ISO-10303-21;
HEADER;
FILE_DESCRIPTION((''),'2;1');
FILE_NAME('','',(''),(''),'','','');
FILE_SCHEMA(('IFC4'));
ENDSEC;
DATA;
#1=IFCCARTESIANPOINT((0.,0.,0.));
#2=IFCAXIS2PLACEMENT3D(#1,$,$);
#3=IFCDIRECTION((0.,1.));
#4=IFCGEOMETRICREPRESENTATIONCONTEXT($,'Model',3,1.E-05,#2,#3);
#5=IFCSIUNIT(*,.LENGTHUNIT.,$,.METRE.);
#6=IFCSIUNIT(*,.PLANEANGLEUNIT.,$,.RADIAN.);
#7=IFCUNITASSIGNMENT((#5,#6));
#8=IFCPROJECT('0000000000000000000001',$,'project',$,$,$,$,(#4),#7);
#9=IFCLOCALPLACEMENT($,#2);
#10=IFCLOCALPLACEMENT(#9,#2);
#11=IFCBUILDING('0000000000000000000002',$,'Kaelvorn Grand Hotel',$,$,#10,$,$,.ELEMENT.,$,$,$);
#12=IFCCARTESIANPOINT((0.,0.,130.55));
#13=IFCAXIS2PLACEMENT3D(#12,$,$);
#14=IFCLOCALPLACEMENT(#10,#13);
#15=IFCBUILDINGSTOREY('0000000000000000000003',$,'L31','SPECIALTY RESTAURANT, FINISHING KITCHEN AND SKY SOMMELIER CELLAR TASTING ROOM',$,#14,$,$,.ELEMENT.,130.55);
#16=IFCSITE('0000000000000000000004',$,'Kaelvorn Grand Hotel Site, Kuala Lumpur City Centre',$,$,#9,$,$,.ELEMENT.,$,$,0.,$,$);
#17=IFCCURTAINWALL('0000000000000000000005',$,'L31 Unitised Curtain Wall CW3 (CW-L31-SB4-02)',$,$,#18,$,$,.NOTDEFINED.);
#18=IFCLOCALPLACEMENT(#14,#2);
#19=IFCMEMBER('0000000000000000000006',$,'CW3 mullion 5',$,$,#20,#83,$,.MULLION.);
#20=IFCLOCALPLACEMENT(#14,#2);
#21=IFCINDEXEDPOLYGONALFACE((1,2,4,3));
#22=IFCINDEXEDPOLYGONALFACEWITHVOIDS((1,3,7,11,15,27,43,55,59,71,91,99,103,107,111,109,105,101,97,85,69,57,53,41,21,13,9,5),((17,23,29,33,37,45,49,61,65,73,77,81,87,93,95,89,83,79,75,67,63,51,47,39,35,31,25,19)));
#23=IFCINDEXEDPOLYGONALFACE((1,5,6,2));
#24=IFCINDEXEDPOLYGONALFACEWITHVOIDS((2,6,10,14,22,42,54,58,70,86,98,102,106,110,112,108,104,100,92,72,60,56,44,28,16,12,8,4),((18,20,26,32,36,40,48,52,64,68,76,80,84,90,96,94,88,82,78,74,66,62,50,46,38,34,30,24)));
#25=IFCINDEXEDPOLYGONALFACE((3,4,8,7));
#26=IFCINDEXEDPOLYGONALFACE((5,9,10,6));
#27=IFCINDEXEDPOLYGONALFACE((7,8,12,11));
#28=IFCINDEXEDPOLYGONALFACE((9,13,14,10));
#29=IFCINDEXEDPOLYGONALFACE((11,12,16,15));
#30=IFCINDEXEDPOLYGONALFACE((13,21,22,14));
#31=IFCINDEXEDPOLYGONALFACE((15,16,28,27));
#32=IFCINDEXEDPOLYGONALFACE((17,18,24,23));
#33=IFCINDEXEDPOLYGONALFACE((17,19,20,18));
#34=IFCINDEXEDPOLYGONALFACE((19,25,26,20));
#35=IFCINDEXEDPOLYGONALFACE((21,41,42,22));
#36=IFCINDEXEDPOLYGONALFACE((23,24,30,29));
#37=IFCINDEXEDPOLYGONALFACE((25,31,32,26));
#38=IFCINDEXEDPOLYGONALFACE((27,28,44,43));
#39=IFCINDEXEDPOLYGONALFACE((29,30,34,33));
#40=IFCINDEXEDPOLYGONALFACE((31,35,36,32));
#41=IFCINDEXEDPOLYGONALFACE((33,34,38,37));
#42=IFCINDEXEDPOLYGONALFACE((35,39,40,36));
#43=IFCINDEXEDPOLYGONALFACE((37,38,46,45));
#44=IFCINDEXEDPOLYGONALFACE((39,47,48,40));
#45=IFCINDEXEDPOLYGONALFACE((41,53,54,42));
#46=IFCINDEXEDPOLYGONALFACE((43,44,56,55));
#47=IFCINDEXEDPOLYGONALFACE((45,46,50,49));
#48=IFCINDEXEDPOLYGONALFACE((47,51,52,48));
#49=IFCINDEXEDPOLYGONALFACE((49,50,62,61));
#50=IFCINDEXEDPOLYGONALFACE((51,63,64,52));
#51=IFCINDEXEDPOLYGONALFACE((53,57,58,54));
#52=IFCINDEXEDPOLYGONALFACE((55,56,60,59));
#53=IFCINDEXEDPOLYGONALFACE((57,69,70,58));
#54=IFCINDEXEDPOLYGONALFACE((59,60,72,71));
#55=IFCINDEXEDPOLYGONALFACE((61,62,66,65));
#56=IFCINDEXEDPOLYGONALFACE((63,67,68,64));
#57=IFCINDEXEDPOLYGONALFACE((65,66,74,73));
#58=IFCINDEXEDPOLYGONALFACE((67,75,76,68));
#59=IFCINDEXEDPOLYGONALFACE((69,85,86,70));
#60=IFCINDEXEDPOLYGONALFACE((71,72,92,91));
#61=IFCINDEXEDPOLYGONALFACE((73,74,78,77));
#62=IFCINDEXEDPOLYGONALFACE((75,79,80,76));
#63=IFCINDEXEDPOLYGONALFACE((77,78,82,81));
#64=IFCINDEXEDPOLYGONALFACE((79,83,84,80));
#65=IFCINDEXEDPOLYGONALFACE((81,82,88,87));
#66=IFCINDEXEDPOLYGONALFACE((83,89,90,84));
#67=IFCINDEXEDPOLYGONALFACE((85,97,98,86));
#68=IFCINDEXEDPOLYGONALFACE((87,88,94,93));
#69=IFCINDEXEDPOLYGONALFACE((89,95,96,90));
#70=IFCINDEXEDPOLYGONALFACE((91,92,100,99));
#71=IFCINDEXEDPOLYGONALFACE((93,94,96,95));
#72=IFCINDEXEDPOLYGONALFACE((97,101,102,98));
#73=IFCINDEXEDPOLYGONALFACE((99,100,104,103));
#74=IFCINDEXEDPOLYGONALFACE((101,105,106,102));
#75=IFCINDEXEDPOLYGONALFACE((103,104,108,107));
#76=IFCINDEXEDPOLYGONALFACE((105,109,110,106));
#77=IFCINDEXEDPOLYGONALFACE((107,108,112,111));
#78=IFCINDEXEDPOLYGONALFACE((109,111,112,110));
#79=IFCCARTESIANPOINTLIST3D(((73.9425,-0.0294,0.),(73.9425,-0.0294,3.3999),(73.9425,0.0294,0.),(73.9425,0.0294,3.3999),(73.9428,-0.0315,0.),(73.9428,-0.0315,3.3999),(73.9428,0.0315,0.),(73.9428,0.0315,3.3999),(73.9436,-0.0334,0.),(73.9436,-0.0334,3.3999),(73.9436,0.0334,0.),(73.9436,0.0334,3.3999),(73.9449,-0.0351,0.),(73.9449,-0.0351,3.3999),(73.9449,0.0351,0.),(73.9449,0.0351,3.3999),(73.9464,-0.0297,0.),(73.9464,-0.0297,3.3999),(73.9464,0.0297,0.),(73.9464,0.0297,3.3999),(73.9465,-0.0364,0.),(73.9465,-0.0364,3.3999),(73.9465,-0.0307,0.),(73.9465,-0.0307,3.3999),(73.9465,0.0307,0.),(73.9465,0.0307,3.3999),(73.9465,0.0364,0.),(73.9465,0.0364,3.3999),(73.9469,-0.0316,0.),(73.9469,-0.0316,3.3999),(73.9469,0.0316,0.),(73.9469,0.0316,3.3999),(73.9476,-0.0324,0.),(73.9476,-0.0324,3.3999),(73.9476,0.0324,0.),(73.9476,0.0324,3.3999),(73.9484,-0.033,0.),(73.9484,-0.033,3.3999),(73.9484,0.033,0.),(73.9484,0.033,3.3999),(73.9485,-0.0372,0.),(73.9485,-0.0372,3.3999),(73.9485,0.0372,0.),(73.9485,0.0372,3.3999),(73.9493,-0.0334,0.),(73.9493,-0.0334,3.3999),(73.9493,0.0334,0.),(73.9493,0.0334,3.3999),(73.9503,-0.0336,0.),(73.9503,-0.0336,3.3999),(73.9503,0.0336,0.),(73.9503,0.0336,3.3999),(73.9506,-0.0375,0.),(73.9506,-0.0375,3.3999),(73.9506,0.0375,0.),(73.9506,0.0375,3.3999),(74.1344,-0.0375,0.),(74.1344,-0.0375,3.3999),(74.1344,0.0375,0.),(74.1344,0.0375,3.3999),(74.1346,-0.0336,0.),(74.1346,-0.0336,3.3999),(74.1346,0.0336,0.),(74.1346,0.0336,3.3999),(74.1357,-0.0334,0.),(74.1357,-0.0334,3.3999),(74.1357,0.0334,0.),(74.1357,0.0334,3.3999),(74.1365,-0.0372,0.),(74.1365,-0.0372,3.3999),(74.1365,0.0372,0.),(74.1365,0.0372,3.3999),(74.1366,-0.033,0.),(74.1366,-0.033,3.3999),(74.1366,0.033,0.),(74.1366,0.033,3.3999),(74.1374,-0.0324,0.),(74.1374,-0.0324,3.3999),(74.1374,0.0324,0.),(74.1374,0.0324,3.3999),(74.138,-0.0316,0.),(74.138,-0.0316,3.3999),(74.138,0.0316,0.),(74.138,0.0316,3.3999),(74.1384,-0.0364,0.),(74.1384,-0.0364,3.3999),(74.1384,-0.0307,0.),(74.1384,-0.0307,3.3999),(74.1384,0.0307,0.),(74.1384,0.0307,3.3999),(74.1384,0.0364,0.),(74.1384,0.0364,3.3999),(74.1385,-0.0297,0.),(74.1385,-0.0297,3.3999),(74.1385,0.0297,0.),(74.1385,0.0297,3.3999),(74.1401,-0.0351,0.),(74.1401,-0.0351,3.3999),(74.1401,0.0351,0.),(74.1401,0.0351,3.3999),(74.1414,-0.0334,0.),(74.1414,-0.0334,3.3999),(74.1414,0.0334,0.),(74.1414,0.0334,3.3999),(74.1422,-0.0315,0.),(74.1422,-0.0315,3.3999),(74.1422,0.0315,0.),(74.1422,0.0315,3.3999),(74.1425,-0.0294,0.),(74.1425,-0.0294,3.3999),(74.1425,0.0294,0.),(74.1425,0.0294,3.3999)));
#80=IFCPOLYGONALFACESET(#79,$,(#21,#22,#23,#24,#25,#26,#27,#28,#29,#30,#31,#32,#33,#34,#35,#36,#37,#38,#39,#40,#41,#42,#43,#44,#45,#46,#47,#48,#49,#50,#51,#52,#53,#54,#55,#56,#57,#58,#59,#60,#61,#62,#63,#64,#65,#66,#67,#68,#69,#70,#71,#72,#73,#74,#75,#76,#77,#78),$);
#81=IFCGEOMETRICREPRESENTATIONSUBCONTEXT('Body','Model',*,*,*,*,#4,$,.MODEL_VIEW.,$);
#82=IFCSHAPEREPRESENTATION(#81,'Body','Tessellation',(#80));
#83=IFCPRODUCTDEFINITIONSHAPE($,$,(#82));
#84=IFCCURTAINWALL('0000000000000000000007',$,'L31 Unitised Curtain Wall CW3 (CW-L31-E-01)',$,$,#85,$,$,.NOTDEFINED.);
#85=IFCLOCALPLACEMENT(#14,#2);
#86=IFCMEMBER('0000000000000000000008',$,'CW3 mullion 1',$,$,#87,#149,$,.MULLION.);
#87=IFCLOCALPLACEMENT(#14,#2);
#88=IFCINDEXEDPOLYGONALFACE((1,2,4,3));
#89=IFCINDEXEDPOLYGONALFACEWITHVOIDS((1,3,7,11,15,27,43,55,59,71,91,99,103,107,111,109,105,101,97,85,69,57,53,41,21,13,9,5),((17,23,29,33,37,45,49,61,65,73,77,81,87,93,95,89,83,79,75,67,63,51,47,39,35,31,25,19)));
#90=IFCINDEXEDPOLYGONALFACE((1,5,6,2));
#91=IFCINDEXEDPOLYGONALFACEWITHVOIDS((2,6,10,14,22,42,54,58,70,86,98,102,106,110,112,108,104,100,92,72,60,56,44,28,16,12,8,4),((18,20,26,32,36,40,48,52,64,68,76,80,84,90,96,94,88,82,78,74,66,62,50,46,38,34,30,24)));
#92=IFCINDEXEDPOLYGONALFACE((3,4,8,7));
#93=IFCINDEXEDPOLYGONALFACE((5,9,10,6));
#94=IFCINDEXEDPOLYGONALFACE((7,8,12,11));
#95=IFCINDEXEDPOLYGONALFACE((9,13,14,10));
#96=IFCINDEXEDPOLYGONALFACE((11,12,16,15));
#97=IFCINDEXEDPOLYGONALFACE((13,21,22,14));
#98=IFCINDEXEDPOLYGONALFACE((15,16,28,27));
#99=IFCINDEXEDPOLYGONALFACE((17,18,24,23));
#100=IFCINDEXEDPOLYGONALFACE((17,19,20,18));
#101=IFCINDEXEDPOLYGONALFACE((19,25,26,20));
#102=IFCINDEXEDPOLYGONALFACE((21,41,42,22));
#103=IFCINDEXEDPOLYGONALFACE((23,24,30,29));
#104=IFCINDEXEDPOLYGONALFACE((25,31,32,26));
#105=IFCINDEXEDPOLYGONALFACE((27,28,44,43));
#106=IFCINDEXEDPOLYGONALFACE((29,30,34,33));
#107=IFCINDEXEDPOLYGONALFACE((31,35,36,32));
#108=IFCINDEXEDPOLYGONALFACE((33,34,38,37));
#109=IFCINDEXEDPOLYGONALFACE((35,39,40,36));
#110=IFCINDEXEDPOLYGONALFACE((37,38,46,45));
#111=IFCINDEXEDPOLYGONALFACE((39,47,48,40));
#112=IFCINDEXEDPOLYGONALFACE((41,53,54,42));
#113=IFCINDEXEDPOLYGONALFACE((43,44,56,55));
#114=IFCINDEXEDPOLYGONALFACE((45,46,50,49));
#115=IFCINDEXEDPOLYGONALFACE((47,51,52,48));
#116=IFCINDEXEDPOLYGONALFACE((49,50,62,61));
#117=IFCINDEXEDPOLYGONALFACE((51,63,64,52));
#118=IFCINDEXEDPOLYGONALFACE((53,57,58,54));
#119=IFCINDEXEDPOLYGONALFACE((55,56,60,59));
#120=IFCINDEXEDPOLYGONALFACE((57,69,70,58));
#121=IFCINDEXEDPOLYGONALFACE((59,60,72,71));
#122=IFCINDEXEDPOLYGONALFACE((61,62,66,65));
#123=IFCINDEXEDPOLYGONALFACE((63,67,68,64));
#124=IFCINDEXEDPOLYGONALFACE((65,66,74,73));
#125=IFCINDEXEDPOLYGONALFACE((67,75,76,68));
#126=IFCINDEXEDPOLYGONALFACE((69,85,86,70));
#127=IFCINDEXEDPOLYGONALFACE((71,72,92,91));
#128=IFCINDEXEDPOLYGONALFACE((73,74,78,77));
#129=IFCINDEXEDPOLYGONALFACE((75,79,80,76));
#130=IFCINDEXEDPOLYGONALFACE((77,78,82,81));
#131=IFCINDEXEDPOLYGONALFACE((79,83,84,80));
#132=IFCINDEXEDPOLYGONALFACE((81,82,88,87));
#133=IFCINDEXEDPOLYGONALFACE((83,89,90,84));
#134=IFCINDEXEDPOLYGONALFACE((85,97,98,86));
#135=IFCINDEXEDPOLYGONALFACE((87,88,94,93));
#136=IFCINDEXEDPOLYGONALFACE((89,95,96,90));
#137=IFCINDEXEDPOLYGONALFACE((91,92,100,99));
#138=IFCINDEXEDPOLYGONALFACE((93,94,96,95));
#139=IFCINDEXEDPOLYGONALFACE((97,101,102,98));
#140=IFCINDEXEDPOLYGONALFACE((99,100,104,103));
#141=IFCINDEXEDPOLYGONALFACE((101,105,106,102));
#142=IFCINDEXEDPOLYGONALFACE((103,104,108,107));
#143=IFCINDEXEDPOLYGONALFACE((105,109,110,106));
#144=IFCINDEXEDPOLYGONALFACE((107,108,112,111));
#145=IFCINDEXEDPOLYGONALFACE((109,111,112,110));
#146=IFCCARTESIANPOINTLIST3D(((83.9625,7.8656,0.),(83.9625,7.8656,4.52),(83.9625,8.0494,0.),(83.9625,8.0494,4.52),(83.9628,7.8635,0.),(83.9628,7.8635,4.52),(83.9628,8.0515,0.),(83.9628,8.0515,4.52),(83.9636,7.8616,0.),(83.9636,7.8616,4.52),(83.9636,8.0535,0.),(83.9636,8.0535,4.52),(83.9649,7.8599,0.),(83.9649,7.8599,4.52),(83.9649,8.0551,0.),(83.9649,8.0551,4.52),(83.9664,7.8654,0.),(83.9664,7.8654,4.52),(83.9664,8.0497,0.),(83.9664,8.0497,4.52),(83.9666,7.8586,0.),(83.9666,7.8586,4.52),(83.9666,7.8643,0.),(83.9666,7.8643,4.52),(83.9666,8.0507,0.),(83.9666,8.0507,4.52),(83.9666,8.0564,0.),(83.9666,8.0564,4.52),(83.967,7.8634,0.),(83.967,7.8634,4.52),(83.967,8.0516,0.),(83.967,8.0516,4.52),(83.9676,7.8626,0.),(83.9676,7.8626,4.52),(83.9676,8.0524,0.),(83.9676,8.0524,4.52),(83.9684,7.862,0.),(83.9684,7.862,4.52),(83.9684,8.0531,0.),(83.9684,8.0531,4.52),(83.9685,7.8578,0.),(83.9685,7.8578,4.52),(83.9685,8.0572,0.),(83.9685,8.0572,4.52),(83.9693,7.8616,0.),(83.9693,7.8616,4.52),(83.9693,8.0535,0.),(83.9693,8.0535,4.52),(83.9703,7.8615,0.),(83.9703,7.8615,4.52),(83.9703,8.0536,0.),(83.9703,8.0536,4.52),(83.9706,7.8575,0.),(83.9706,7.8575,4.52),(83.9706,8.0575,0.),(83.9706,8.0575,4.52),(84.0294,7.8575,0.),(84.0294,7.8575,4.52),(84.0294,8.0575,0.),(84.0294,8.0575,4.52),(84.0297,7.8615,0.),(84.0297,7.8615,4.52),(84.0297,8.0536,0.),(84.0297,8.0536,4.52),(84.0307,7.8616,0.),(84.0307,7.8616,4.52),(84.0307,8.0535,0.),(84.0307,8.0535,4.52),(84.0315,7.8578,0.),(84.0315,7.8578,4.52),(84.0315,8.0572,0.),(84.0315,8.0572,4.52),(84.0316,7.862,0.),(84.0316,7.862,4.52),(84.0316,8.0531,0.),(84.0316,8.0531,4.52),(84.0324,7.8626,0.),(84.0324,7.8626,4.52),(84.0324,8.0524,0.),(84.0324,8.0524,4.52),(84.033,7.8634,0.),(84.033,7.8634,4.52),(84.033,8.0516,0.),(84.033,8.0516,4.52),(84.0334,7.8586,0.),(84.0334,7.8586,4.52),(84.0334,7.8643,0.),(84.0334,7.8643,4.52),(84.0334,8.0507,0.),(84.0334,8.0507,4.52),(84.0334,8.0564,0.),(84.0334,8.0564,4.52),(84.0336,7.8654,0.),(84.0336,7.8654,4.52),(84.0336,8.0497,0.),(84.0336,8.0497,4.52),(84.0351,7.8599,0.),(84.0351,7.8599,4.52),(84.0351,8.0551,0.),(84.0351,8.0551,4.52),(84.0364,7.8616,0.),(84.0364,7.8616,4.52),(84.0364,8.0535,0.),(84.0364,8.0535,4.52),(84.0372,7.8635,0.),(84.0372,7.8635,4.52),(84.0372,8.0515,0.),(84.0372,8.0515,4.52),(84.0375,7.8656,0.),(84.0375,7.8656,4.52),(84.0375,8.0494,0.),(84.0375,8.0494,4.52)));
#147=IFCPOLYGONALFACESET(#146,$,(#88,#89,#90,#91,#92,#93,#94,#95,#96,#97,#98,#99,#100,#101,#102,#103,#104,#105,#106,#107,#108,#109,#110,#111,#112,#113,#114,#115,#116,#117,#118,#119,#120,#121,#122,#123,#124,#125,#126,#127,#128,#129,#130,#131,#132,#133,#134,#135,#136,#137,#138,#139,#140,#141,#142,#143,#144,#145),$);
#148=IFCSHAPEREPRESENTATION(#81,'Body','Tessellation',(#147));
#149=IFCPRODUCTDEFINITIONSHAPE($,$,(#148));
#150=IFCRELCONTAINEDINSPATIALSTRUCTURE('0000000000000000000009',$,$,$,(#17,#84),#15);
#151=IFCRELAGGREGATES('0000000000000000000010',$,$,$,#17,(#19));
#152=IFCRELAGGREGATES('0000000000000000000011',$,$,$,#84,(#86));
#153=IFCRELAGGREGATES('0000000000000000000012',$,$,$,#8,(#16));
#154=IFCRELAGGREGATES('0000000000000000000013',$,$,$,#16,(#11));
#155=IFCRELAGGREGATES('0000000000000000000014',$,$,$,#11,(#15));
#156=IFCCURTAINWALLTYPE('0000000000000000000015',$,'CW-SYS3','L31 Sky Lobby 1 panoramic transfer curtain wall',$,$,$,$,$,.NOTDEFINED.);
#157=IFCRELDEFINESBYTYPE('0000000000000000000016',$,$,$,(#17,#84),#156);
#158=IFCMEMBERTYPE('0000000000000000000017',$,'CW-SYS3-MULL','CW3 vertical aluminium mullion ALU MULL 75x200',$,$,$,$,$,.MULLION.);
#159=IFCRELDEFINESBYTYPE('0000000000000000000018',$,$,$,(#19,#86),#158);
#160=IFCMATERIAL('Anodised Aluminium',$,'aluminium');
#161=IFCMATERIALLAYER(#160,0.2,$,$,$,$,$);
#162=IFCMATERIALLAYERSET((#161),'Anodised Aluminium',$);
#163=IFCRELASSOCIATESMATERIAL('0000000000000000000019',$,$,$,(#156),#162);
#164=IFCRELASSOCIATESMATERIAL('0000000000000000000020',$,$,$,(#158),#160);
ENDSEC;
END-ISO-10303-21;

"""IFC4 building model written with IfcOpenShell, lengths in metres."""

from ifc_helpers import new_model, si_unit, direction, frame, origin, origin_2d, place, context, subcontext, project, spatial, hollow_rectangle, extrude, material, layer, layer_set, material_profile, profile_set, type_object, element, aggregate, save


model = new_model("IFC4")

# Units and contexts
model_context = context("Model", 3, precision=1e-05, world=origin(), true_north=direction((0.0, 1.0)))
body_context = subcontext(model_context, "Body", "Model", "MODEL_VIEW")
ifc_project = project(units=[si_unit("LENGTHUNIT", "METRE"), si_unit("PLANEANGLEUNIT", "RADIAN")], contexts=[model_context])

# Site, building, storey
site_placement = place(None, origin())
site = spatial("IfcSite", under=ifc_project, at=site_placement, Name="Kaelvorn Grand Hotel Site, Kuala Lumpur City Centre", CompositionType="ELEMENT", RefElevation=0.0)
building_placement = place(site_placement, origin())
building = spatial("IfcBuilding", under=site, at=building_placement, Name="Kaelvorn Grand Hotel", CompositionType="ELEMENT")
storey_placement = place(building_placement, frame((0.0, 0.0, 130.55)))
storey = spatial("IfcBuildingStorey", under=building, at=storey_placement, Name="L31", Description="SPECIALTY RESTAURANT, FINISHING KITCHEN AND SKY SOMMELIER CELLAR TASTING ROOM", CompositionType="ELEMENT", Elevation=130.55)

# Curtain wall, member
ifc_material_1 = material(Name="Anodised Aluminium", Category="aluminium")
ifc_layer_1 = layer(ifc_material_1, 0.2)
ifc_layer_set_1 = layer_set([ifc_layer_1], Name="Anodised Aluminium")
curtain_wall_type = type_object("IfcCurtainWallType", Name="CW-SYS3", Description="L31 Sky Lobby 1 panoramic transfer curtain wall", PredefinedType="NOTDEFINED", material=ifc_layer_set_1)
curtain_wall_1_placement = place(storey_placement, origin())
curtain_wall_1 = element("IfcCurtainWall", 1, at=curtain_wall_1_placement, inside=storey, type_object=curtain_wall_type, Name="L31 Unitised Curtain Wall CW3 (CW-L31-SB4-02)", PredefinedType="NOTDEFINED")
ifc_material_profile_1 = material_profile(ifc_material_1, hollow_rectangle(XDim=0.075, YDim=0.2, WallThickness=0.0039, InnerFilletRadius=0.0039, OuterFilletRadius=0.0081, at=origin_2d()), Name="ALU MULL 75x200")
ifc_profile_set_1 = profile_set([ifc_material_profile_1], Name="Anodised Aluminium")
member_type_1 = type_object("IfcMemberType", Name="CW-SYS3-MULL", Description="CW3 vertical aluminium mullion ALU MULL 75x200", PredefinedType="MULLION", material=ifc_profile_set_1)
member_1_placement = place(storey_placement, frame((74.0425, 0.0, 0.0), z_axis=(0.0, 0.0, 1.0), x_axis=(0.0, 1.0, 0.0)))
member_1 = element("IfcMember", 2, at=member_1_placement, type_object=member_type_1, Name="CW3 mullion 5", PredefinedType="MULLION", context=body_context, shape_type="SweptSolid", body=[
    extrude(hollow_rectangle(XDim=0.075, YDim=0.2, WallThickness=0.0039, InnerFilletRadius=0.0039, OuterFilletRadius=0.0081, at=origin_2d()), origin(), (0.0, 0.0, 1.0), 3.3999),
])

# Curtain wall, member
curtain_wall_2_placement = place(storey_placement, origin())
curtain_wall_2 = element("IfcCurtainWall", 3, at=curtain_wall_2_placement, inside=storey, type_object=curtain_wall_type, Name="L31 Unitised Curtain Wall CW3 (CW-L31-E-01)", PredefinedType="NOTDEFINED")
member_2_placement = place(storey_placement, frame((84.0, 7.9575, 0.0), z_axis=(0.0, 0.0, 1.0), x_axis=(-1.0, 0.0, 0.0)))
member_2 = element("IfcMember", 4, at=member_2_placement, type_object=member_type_1, Name="CW3 mullion 1", PredefinedType="MULLION", context=body_context, shape_type="SweptSolid", body=[
    extrude(hollow_rectangle(XDim=0.075, YDim=0.2, WallThickness=0.0039, InnerFilletRadius=0.0039, OuterFilletRadius=0.0081, at=origin_2d()), origin(), (0.0, 0.0, 1.0), 4.52),
])

aggregate(curtain_wall_1, [member_1])
aggregate(curtain_wall_2, [member_2])

save(model, "model.ifc")
